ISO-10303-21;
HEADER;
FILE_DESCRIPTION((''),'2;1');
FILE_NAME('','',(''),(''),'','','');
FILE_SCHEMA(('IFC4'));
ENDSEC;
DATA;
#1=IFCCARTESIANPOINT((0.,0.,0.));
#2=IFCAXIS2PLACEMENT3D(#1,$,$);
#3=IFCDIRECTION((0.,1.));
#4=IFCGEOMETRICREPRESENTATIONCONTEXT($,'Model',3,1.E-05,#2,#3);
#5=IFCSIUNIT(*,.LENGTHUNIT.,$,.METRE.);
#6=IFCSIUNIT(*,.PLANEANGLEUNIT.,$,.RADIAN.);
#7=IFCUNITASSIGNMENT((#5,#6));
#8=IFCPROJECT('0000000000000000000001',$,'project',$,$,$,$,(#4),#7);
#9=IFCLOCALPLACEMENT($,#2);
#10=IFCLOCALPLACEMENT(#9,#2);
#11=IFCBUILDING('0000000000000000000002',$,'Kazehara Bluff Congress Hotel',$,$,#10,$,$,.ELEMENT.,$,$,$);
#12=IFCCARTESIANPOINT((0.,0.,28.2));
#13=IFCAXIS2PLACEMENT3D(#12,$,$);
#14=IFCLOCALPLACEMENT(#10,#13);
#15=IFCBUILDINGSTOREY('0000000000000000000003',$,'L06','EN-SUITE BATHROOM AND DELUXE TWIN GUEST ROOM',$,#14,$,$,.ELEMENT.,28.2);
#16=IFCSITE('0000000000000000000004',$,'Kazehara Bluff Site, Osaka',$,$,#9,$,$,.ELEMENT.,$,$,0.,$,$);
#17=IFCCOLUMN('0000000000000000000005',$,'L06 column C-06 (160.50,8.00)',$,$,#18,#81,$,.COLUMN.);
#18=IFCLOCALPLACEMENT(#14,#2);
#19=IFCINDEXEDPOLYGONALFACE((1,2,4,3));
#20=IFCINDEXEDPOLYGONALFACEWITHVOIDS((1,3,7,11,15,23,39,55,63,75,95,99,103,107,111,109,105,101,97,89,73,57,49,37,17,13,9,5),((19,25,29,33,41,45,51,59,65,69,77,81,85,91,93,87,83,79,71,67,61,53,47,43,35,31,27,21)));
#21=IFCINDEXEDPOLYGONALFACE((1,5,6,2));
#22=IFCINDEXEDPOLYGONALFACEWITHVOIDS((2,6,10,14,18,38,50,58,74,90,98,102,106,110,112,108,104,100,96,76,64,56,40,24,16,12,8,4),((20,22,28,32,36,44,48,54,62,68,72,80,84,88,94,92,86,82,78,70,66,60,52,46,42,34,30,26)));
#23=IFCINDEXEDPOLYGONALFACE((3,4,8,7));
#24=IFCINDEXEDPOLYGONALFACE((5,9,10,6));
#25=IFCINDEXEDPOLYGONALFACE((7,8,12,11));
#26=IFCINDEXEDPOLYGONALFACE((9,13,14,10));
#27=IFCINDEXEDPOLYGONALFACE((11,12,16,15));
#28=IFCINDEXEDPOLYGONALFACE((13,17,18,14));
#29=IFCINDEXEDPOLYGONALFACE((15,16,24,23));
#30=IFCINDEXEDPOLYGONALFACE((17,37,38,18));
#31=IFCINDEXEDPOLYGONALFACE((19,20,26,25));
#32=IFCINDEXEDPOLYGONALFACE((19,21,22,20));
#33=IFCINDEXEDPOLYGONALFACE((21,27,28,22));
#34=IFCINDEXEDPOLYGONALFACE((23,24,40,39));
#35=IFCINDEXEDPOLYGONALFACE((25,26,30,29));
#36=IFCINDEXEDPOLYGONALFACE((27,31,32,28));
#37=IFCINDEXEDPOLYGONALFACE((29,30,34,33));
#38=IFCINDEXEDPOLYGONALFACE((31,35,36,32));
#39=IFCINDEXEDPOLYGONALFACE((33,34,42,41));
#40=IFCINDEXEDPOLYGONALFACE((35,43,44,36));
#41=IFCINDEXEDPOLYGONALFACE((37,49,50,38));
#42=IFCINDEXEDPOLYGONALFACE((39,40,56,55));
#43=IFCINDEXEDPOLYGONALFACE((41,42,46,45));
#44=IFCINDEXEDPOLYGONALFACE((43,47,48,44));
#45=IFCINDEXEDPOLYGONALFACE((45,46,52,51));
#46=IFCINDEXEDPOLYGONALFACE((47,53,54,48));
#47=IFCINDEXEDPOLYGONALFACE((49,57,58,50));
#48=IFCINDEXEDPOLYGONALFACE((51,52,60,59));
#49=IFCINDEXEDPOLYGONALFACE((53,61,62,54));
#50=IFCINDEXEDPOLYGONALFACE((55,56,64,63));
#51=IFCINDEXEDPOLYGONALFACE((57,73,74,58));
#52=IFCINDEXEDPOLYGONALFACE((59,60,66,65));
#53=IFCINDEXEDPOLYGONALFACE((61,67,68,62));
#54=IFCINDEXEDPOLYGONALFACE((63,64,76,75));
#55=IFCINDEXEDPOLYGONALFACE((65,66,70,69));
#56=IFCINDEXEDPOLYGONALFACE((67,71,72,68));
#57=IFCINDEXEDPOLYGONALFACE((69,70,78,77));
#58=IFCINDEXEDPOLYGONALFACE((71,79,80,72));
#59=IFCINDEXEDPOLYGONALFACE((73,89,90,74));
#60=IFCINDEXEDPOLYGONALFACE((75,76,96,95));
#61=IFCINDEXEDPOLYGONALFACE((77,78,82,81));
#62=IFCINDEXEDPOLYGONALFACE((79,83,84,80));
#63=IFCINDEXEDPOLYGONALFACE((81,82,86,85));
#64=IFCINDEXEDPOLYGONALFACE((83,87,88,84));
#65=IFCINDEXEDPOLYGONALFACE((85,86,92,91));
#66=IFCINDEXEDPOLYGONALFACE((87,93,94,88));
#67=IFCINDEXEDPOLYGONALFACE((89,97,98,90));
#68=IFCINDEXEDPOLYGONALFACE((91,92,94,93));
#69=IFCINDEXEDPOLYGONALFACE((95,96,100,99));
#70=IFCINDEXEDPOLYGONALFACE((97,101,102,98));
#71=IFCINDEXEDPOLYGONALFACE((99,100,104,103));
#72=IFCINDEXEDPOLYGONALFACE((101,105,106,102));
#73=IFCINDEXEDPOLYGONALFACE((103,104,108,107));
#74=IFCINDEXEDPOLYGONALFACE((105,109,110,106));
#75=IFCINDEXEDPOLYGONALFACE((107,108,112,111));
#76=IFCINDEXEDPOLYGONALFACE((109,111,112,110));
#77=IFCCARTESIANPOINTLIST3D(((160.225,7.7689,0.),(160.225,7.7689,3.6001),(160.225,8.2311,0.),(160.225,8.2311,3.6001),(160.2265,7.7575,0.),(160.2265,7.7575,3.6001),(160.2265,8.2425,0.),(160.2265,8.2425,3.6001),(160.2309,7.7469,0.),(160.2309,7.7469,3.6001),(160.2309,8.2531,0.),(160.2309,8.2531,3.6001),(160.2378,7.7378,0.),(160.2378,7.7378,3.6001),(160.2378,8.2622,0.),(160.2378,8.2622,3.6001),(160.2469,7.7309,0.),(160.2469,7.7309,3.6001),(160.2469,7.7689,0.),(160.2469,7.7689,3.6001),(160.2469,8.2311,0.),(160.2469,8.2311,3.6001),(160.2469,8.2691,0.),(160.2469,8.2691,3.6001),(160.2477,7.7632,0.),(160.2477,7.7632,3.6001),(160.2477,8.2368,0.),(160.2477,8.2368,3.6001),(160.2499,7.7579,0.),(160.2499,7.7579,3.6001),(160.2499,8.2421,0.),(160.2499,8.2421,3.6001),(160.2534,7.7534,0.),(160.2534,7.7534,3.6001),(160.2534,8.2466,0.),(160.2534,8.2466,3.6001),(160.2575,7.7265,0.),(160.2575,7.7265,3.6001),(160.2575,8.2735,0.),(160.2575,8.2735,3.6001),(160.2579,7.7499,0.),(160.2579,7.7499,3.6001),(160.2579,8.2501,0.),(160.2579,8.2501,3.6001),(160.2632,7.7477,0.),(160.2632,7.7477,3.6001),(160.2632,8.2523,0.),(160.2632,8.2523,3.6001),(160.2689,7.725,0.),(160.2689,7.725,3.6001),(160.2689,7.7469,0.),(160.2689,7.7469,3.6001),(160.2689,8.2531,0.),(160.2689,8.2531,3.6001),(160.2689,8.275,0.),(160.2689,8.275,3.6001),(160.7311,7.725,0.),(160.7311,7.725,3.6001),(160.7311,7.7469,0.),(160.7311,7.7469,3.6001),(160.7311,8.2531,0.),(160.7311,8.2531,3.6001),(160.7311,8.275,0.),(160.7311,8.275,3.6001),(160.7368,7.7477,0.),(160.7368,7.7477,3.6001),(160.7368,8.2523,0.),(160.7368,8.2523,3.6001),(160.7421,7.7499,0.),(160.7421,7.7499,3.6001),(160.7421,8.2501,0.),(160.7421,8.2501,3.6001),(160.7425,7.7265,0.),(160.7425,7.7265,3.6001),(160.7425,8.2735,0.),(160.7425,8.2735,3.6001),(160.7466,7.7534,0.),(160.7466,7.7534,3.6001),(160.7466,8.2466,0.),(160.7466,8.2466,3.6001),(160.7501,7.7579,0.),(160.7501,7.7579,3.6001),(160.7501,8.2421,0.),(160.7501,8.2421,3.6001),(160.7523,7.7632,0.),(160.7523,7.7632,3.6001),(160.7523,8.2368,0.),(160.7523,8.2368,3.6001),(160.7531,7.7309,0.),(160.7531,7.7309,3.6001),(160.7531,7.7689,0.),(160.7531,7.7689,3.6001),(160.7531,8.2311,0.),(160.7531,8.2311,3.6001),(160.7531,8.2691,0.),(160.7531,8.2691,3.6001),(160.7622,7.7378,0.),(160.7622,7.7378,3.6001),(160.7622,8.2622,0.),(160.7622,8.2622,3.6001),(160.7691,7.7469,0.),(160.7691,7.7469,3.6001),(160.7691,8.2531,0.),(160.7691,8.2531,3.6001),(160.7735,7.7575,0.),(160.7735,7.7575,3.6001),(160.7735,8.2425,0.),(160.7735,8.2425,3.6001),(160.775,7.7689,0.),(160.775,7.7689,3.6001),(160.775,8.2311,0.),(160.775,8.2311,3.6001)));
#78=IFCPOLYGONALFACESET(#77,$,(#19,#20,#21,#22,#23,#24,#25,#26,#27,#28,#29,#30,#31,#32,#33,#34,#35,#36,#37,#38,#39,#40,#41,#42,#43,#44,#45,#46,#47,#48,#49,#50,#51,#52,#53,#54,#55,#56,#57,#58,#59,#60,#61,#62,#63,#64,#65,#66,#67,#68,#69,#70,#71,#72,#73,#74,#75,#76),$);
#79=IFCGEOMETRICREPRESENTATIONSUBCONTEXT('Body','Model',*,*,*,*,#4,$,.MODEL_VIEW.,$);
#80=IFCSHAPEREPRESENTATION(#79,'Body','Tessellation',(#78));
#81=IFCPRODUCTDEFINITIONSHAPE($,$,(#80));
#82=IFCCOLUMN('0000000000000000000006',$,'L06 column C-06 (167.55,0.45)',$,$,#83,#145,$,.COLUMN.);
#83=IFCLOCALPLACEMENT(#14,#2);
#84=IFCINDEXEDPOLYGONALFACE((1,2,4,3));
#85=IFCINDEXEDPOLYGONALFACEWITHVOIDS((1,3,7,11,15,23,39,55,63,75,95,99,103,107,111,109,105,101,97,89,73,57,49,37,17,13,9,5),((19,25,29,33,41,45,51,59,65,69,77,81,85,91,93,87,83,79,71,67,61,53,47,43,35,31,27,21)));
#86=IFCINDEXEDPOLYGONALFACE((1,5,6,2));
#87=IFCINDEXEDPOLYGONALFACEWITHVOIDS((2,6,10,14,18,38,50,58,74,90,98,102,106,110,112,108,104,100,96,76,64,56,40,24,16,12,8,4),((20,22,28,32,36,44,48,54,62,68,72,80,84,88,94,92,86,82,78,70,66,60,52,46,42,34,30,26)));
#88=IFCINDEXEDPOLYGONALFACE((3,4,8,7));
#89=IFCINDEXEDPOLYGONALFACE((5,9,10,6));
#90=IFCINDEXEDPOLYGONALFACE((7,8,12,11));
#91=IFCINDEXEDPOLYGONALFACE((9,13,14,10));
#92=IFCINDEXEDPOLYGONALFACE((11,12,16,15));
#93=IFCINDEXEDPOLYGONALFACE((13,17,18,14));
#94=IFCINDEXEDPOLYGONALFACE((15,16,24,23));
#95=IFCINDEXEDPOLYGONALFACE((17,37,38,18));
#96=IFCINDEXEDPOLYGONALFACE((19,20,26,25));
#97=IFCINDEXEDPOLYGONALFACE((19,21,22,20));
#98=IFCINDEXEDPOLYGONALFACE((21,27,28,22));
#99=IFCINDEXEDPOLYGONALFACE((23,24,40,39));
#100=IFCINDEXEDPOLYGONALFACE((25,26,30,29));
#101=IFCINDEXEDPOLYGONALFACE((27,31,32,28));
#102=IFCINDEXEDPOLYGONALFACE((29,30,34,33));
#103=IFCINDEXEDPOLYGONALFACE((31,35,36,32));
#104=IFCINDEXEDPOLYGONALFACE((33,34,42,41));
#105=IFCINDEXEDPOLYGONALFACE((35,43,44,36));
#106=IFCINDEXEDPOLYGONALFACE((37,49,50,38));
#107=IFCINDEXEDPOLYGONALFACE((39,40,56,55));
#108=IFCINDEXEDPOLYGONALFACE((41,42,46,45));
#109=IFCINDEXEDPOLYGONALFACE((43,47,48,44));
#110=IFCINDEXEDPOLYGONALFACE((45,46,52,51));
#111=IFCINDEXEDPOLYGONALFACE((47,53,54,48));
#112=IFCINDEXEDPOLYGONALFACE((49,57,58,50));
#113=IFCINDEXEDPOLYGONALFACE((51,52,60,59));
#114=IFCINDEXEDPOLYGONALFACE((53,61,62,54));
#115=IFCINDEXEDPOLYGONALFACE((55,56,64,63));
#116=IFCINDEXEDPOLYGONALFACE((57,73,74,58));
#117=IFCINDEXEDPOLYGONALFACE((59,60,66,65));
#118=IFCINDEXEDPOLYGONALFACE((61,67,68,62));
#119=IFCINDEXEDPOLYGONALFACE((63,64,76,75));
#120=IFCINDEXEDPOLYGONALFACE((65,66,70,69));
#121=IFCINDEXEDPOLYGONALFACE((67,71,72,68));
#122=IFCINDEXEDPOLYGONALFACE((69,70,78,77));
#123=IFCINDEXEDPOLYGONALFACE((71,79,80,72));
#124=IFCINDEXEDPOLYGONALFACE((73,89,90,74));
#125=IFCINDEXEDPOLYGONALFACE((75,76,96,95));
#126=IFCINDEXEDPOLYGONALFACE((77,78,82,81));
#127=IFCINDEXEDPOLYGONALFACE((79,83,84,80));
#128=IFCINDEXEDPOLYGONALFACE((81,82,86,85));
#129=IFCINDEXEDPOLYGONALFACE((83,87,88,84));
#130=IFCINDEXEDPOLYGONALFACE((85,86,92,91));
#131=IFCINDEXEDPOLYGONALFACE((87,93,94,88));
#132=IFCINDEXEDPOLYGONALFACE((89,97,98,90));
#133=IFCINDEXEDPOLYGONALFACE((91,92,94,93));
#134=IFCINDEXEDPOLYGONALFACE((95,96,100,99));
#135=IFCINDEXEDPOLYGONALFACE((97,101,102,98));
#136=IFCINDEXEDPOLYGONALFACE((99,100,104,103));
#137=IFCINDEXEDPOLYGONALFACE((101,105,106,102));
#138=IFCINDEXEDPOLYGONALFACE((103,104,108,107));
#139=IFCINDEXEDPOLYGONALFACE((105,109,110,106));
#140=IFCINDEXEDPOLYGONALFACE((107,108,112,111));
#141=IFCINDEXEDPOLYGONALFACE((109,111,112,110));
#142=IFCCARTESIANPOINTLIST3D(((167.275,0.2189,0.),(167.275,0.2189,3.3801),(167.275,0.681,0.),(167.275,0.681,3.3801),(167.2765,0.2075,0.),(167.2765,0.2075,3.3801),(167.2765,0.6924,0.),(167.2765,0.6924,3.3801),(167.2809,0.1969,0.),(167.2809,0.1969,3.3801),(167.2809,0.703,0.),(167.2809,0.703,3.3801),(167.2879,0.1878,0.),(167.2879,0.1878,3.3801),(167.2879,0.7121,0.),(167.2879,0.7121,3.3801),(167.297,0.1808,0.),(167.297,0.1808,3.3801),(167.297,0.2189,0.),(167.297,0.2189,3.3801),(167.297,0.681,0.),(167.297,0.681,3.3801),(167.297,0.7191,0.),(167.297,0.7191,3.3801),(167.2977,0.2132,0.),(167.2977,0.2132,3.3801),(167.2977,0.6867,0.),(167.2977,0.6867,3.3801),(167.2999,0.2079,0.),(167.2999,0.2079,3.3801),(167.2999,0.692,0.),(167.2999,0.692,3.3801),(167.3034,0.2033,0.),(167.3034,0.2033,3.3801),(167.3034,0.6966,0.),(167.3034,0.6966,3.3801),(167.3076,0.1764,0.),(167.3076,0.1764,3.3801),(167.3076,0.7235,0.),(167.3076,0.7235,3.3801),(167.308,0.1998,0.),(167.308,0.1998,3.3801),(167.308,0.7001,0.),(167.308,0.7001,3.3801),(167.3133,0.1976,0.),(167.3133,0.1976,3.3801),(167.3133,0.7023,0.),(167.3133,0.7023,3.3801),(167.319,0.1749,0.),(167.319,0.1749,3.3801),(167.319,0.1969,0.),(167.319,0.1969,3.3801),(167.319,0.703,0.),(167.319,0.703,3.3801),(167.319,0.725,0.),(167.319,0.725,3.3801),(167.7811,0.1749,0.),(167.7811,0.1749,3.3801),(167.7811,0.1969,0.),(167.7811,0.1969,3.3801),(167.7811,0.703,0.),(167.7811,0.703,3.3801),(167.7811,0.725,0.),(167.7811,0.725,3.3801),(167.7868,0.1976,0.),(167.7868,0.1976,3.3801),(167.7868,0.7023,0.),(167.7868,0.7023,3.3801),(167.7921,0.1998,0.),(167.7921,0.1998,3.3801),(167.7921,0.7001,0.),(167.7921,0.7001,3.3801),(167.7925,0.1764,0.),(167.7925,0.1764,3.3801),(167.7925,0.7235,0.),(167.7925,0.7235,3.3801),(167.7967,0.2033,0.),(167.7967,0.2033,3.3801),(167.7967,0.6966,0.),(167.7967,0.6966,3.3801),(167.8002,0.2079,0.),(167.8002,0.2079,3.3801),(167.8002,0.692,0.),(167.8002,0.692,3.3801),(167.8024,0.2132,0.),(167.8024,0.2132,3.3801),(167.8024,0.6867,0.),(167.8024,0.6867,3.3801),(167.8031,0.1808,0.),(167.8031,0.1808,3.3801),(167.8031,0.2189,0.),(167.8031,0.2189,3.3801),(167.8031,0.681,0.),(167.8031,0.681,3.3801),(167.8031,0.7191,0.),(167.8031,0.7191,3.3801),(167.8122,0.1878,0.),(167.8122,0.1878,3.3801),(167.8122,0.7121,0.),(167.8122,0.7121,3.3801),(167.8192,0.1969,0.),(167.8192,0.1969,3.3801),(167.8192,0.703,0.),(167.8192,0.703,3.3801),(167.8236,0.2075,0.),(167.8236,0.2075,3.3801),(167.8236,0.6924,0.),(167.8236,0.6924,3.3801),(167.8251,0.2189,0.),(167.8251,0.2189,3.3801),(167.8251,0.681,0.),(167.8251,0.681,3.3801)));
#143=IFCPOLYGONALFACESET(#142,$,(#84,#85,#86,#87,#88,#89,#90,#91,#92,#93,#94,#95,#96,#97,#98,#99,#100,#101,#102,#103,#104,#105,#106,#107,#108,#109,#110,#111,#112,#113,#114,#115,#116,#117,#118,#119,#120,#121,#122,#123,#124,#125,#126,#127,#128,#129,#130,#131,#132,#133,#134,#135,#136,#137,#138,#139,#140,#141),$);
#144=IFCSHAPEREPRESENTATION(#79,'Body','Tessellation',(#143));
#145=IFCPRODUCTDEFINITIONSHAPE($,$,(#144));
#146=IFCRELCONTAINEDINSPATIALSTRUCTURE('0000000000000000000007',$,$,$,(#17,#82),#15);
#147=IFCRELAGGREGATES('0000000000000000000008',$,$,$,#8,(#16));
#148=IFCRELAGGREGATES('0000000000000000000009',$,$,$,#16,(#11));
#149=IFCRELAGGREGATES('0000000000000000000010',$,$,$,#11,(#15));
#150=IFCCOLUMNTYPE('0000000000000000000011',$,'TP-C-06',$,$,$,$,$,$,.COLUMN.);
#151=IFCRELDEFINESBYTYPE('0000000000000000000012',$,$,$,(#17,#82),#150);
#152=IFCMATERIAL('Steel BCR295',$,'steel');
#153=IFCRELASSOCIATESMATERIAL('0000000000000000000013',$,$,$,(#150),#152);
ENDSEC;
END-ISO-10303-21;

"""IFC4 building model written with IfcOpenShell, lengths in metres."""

from ifc_helpers import new_model, si_unit, direction, frame, origin, origin_2d, place, context, subcontext, project, spatial, hollow_rectangle, extrude, material, material_profile, profile_set, type_object, element, save


model = new_model("IFC4")

# Units and contexts
model_context = context("Model", 3, precision=1e-05, world=origin(), true_north=direction((0.0, 1.0)))
body_context = subcontext(model_context, "Body", "Model", "MODEL_VIEW")
ifc_project = project(units=[si_unit("LENGTHUNIT", "METRE"), si_unit("PLANEANGLEUNIT", "RADIAN")], contexts=[model_context])

# Site, building, storey
site_placement = place(None, origin())
site = spatial("IfcSite", under=ifc_project, at=site_placement, Name="Kazehara Bluff Site, Osaka", CompositionType="ELEMENT", RefElevation=0.0)
building_placement = place(site_placement, origin())
building = spatial("IfcBuilding", under=site, at=building_placement, Name="Kazehara Bluff Congress Hotel", CompositionType="ELEMENT")
storey_placement = place(building_placement, frame((0.0, 0.0, 28.2)))
storey = spatial("IfcBuildingStorey", under=building, at=storey_placement, Name="L06", Description="EN-SUITE BATHROOM AND DELUXE TWIN GUEST ROOM", CompositionType="ELEMENT", Elevation=28.2)

# Columns
ifc_material_1 = material(Name="Steel BCR295", Category="steel")
ifc_material_profile_1 = material_profile(ifc_material_1, hollow_rectangle(XDim=0.55, YDim=0.55, WallThickness=0.022, InnerFilletRadius=0.022, OuterFilletRadius=0.0439, at=origin_2d()))
ifc_profile_set_1 = profile_set([ifc_material_profile_1], Name="Steel BCR295")
column_type = type_object("IfcColumnType", Name="TP-C-06", PredefinedType="COLUMN", material=ifc_profile_set_1)
column_1_placement = place(storey_placement, frame((160.5, 8.0, 0.0), z_axis=(0.0, 0.0, 1.0), x_axis=(1.0, 0.0, 0.0)))
element("IfcColumn", 1, at=column_1_placement, inside=storey, type_object=column_type, Name="L06 column C-06 (160.50,8.00)", PredefinedType="COLUMN", context=body_context, shape_type="SweptSolid", body=[
    extrude(hollow_rectangle(XDim=0.55, YDim=0.55, WallThickness=0.022, InnerFilletRadius=0.022, OuterFilletRadius=0.0439, at=origin_2d()), origin(), (0.0, 0.0, 1.0), 3.6001),
])
column_2_placement = place(storey_placement, frame((167.55, 0.45, 0.0), z_axis=(0.0, 0.0, 1.0), x_axis=(1.0, 0.0, 0.0)))
element("IfcColumn", 2, at=column_2_placement, inside=storey, type_object=column_type, Name="L06 column C-06 (167.55,0.45)", PredefinedType="COLUMN", context=body_context, shape_type="SweptSolid", body=[
    extrude(hollow_rectangle(XDim=0.55, YDim=0.55, WallThickness=0.022, InnerFilletRadius=0.022, OuterFilletRadius=0.0439, at=origin_2d()), origin(), (0.0, 0.0, 1.0), 3.3801),
])

save(model, "model.ifc")
